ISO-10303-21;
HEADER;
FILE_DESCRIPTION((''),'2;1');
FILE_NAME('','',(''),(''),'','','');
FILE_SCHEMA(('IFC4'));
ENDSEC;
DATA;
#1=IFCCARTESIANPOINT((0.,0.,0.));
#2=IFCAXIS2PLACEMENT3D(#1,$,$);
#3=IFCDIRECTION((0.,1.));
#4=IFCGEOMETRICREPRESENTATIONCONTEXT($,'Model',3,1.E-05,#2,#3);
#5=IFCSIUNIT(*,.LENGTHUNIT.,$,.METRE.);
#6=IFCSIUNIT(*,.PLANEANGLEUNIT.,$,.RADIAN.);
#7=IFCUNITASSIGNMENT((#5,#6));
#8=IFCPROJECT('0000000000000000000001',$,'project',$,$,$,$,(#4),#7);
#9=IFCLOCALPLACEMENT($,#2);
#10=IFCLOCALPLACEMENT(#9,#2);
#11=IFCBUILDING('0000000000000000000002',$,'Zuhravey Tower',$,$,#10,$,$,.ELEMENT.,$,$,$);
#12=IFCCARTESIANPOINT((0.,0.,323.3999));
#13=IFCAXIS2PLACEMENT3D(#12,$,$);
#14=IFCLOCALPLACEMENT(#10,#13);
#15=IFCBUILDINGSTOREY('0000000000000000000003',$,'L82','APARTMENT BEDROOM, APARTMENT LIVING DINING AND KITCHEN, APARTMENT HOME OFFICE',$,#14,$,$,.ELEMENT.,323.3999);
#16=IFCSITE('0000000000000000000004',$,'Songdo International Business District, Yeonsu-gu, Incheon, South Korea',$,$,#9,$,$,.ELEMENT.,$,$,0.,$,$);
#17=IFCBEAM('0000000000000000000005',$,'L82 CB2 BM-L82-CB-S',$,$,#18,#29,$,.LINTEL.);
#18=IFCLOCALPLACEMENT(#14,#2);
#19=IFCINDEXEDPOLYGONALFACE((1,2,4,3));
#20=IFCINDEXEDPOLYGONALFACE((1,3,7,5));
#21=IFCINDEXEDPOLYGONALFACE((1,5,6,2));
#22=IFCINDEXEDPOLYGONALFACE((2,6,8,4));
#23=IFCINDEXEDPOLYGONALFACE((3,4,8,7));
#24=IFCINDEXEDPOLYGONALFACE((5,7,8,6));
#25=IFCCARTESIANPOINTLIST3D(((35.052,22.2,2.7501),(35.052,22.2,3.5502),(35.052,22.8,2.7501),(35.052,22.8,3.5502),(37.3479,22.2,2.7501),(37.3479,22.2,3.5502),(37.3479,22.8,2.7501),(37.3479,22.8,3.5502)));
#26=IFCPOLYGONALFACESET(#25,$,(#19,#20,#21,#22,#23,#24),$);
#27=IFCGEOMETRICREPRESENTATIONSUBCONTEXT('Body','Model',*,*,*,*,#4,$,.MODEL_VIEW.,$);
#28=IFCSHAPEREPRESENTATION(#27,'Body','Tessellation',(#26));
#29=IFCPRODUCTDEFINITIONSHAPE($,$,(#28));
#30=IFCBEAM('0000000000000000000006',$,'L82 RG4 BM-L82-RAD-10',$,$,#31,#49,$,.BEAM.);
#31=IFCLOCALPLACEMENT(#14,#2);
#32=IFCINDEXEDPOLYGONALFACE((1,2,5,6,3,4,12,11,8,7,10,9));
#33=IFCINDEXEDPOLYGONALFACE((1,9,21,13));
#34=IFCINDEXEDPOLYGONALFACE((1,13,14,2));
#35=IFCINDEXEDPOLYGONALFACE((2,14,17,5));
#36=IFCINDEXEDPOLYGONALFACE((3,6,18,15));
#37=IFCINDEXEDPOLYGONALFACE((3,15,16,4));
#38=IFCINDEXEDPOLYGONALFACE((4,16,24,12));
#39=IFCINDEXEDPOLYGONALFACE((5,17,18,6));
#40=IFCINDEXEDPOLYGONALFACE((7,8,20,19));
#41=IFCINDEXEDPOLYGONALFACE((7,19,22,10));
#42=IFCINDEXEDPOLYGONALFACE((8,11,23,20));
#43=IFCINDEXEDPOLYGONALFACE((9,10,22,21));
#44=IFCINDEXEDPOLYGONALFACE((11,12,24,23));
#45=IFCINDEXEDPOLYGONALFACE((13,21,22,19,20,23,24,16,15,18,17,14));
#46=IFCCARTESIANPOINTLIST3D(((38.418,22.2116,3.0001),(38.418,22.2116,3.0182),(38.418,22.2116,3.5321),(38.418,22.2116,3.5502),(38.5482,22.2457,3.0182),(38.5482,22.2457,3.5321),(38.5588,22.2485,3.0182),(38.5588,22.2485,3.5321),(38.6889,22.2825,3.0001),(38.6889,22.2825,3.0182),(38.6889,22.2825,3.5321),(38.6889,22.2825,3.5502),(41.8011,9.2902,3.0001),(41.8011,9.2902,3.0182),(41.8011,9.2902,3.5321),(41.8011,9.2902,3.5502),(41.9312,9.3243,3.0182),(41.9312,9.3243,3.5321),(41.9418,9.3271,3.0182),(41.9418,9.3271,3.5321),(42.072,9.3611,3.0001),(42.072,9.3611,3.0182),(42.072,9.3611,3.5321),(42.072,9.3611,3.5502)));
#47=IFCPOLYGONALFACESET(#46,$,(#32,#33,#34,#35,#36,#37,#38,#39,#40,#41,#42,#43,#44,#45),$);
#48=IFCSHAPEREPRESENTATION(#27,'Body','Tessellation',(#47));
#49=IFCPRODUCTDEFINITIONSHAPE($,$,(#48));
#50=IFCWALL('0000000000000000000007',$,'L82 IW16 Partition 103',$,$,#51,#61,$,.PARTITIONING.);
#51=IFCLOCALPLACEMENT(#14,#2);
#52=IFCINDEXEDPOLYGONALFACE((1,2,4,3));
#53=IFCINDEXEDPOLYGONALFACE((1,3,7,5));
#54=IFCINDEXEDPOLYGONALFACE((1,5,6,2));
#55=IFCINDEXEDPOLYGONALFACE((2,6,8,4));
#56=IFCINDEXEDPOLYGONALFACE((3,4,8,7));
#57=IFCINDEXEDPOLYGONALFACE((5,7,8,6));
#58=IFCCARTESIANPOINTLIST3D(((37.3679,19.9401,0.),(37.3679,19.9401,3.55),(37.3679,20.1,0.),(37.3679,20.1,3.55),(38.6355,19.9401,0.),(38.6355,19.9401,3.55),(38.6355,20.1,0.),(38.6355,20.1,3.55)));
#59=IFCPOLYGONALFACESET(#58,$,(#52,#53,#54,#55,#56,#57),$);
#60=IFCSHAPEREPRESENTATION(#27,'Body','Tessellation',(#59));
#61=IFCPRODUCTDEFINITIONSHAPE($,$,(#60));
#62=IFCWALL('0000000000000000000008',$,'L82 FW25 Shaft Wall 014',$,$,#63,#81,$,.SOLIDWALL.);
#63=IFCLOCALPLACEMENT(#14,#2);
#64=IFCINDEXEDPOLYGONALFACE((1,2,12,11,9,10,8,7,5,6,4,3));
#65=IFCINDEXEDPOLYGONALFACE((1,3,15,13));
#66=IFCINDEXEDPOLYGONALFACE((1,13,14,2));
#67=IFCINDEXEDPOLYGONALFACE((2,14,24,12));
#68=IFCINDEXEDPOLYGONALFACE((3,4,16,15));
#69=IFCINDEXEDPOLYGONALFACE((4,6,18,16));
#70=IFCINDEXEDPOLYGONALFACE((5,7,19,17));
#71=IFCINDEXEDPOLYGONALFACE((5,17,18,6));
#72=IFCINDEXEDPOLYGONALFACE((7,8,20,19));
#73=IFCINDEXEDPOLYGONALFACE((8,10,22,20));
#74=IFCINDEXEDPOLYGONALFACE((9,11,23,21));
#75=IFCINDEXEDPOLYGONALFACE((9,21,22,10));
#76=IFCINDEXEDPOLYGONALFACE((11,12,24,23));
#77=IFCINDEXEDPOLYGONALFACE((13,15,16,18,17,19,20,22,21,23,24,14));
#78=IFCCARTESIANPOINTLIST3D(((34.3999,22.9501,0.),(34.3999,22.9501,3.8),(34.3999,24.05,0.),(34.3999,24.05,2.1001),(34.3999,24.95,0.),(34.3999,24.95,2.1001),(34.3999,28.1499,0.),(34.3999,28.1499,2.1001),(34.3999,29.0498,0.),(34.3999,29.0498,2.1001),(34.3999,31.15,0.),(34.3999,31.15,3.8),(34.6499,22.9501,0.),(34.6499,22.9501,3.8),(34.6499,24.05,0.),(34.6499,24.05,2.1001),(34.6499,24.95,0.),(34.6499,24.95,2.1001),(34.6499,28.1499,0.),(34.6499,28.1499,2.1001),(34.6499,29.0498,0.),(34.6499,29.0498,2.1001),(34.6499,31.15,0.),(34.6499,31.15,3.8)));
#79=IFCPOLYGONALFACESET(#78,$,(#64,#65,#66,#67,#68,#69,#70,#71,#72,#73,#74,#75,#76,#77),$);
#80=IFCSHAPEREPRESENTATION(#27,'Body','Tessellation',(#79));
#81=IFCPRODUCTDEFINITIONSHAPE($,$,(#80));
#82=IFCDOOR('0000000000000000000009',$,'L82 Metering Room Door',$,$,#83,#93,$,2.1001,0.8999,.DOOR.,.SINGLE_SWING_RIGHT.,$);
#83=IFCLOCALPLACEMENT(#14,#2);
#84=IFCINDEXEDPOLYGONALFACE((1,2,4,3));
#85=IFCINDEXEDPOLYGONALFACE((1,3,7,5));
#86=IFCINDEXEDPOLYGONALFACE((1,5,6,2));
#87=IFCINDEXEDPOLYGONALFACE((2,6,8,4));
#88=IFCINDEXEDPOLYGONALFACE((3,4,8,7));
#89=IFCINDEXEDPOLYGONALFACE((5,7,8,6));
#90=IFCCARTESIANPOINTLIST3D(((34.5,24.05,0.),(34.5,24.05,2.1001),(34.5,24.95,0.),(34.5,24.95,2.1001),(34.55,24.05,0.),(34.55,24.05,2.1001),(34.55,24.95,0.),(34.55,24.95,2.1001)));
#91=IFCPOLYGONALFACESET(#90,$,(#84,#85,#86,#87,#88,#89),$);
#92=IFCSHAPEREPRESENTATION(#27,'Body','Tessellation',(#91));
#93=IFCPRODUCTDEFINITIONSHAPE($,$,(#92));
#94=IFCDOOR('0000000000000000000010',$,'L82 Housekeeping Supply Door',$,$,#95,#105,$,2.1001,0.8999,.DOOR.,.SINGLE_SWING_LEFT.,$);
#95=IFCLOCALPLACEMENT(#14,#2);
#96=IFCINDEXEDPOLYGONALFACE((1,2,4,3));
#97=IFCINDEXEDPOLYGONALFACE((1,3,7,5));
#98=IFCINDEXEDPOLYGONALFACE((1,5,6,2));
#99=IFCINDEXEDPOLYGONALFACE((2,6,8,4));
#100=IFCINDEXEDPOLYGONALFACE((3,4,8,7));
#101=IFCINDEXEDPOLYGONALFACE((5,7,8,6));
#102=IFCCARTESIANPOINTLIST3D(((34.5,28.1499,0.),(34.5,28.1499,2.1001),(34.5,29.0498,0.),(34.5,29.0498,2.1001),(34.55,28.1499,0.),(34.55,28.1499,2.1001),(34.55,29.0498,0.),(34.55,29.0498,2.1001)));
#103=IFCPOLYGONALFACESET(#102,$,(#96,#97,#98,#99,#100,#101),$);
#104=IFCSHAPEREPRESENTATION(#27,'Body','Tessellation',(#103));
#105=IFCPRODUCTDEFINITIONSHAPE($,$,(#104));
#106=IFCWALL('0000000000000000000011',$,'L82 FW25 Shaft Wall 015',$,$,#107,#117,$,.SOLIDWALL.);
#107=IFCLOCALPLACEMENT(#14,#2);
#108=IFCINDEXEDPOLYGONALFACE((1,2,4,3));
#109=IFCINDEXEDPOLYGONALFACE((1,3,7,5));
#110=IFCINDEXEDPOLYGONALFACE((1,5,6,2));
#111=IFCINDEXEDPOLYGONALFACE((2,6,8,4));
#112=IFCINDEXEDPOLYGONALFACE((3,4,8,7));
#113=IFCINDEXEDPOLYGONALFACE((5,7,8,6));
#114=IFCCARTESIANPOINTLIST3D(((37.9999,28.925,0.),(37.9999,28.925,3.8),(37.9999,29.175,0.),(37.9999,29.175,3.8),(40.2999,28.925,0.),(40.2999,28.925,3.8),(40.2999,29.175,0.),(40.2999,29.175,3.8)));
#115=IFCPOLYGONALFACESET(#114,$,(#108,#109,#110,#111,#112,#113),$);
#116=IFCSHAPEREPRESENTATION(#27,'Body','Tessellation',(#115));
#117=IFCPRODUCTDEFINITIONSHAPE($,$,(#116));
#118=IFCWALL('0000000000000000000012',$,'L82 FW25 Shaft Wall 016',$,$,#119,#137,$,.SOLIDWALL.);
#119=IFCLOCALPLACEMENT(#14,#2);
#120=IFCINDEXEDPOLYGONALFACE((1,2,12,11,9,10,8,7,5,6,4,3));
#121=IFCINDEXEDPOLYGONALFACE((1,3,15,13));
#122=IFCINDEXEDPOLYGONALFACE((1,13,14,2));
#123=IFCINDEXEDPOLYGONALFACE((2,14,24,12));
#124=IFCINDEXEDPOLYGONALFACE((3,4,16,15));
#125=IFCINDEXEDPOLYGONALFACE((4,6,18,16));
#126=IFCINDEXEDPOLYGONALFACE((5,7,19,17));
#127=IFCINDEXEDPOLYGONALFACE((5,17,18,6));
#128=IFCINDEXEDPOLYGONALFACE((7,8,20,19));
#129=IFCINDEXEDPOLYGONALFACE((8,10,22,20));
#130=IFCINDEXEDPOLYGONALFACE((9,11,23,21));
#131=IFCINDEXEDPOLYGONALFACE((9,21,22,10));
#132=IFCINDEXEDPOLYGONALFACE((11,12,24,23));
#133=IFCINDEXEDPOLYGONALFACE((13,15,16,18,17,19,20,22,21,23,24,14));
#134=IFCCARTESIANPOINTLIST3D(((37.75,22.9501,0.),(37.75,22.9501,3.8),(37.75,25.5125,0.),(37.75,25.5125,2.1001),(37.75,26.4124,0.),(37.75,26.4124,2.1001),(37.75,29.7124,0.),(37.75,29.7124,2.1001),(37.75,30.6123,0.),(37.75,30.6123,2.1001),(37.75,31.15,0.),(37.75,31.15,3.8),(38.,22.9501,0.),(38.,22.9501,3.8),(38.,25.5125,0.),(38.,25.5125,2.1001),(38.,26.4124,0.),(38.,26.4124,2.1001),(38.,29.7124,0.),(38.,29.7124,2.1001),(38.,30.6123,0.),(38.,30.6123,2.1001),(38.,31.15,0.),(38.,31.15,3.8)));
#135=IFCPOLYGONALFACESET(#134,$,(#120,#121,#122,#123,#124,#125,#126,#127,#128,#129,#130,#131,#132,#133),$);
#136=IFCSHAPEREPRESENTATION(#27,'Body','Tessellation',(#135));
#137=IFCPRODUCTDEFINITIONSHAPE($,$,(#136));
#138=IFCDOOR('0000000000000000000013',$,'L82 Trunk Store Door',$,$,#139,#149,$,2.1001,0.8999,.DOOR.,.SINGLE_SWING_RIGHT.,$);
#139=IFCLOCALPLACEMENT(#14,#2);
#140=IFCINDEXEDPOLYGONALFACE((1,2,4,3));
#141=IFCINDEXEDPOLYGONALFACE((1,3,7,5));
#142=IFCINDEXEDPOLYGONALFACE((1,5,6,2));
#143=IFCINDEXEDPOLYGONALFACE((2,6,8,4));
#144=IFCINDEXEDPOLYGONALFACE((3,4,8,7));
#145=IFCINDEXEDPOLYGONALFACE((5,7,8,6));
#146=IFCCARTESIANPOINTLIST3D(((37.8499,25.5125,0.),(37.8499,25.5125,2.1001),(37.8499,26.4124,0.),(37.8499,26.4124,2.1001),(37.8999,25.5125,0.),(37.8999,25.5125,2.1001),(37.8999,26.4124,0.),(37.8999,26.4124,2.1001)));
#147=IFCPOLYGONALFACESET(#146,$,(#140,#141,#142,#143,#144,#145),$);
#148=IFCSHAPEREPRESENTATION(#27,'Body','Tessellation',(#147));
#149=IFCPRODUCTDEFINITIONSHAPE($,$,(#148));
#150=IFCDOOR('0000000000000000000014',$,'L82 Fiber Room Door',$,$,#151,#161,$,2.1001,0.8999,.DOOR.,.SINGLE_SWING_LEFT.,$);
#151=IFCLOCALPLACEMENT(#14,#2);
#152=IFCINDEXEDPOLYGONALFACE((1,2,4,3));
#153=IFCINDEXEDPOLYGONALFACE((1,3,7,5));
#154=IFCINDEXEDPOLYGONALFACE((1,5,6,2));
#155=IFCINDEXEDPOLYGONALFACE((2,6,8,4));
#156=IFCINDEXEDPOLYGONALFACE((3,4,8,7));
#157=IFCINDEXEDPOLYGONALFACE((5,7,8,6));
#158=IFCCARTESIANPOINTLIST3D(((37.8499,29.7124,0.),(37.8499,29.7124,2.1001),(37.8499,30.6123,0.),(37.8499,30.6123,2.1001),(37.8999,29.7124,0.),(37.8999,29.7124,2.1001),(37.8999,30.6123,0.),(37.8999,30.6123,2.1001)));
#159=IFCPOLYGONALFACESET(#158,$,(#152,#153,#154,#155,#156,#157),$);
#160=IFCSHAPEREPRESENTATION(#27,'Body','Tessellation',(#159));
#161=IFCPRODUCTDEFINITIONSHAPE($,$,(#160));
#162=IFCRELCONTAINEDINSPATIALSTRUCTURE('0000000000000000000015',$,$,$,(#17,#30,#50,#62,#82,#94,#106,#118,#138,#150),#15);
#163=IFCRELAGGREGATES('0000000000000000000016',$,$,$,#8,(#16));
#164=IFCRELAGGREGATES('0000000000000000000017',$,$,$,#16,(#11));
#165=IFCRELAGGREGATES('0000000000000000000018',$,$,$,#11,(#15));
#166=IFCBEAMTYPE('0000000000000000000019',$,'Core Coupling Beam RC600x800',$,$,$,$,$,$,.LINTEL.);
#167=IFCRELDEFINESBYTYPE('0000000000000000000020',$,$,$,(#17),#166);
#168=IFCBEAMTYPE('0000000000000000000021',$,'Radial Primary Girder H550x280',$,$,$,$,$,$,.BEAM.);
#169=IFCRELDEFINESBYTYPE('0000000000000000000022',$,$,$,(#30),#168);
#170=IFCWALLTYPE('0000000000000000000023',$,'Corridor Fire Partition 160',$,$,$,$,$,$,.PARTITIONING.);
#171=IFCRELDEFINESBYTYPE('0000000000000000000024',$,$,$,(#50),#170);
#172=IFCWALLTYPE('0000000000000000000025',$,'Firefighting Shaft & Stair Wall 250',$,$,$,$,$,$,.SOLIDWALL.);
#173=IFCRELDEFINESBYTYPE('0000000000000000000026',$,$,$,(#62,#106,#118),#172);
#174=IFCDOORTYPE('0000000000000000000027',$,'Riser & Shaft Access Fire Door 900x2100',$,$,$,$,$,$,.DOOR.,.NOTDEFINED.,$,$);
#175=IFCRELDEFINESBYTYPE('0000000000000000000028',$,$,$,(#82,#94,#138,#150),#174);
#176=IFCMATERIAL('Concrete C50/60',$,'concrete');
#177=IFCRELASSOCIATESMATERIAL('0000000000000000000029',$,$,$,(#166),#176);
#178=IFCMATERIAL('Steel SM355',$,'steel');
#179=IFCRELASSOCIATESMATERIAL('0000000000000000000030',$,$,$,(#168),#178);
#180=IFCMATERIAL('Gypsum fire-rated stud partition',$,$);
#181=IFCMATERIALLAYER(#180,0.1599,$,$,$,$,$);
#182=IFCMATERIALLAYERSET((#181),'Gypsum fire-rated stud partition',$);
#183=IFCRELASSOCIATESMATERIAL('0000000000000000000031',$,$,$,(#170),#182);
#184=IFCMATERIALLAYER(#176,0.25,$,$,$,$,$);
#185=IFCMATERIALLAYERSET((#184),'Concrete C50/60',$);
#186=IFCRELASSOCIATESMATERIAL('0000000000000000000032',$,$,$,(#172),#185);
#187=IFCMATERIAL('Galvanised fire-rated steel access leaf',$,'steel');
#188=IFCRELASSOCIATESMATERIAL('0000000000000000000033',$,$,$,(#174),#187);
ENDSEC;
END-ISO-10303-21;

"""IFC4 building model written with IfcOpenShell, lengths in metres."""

from ifc_helpers import new_model, si_unit, direction, frame, frame_2d, origin, origin_2d, place, context, subcontext, project, spatial, rectangle, i_section, extrude, material, layer, layer_set, material_profile, profile_set, type_object, element, fill, save


model = new_model("IFC4")

# Units and contexts
model_context = context("Model", 3, precision=1e-05, world=origin(), true_north=direction((0.0, 1.0)))
body_context = subcontext(model_context, "Body", "Model", "MODEL_VIEW")
ifc_project = project(units=[si_unit("LENGTHUNIT", "METRE"), si_unit("PLANEANGLEUNIT", "RADIAN")], contexts=[model_context])

# Site, building, storey
site_placement = place(None, origin())
site = spatial("IfcSite", under=ifc_project, at=site_placement, Name="Songdo International Business District, Yeonsu-gu, Incheon, South Korea", CompositionType="ELEMENT", RefElevation=0.0)
building_placement = place(site_placement, origin())
building = spatial("IfcBuilding", under=site, at=building_placement, Name="Zuhravey Tower", CompositionType="ELEMENT")
storey_placement = place(building_placement, frame((0.0, 0.0, 323.3999)))
storey = spatial("IfcBuildingStorey", under=building, at=storey_placement, Name="L82", Description="APARTMENT BEDROOM, APARTMENT LIVING DINING AND KITCHEN, APARTMENT HOME OFFICE", CompositionType="ELEMENT", Elevation=323.3999)

# Beams
ifc_material_1 = material(Name="Concrete C50/60", Category="concrete")
ifc_material_profile_1 = material_profile(ifc_material_1, rectangle(XDim=0.6001, YDim=0.8, at=origin_2d()), Name="RC-600x800")
ifc_profile_set_1 = profile_set([ifc_material_profile_1], Name="Concrete C50/60")
beam_type_1 = type_object("IfcBeamType", Name="Core Coupling Beam RC600x800", PredefinedType="LINTEL", material=ifc_profile_set_1)
beam_1_placement = place(storey_placement, frame((35.052, 22.5, 3.1501), z_axis=(1.0, 0.0, 0.0), x_axis=(0.0, 1.0, 0.0)))
element("IfcBeam", 1, at=beam_1_placement, inside=storey, type_object=beam_type_1, Name="L82 CB2 BM-L82-CB-S", PredefinedType="LINTEL", context=body_context, shape_type="SweptSolid", body=[
    extrude(rectangle(XDim=0.6001, YDim=0.8, at=origin_2d()), origin(), (0.0, 0.0, 1.0), 2.2959),
])
ifc_material_2 = material(Name="Steel SM355", Category="steel")
ifc_material_profile_2 = material_profile(ifc_material_2, i_section(OverallWidth=0.28, OverallDepth=0.55, WebThickness=0.011, FlangeThickness=0.0181, at=origin_2d()), Name="H-550x280x11x18")
ifc_profile_set_2 = profile_set([ifc_material_profile_2], Name="Steel SM355")
beam_type_2 = type_object("IfcBeamType", Name="Radial Primary Girder H550x280", PredefinedType="BEAM", material=ifc_profile_set_2)
beam_2_placement = place(storey_placement, frame((38.5535, 22.2471, 3.2751), z_axis=(0.253281, -0.967393, 0.0), x_axis=(0.967393, 0.253281, 0.0)))
element("IfcBeam", 2, at=beam_2_placement, inside=storey, type_object=beam_type_2, Name="L82 RG4 BM-L82-RAD-10", PredefinedType="BEAM", context=body_context, shape_type="SweptSolid", body=[
    extrude(i_section(OverallWidth=0.28, OverallDepth=0.55, WebThickness=0.011, FlangeThickness=0.0181, at=origin_2d()), origin(), (0.0, 0.0, 1.0), 13.3569),
])

# Shared definitions
ifc_material_3 = material(Name="Gypsum fire-rated stud partition")
ifc_layer_1 = layer(ifc_material_3, 0.1599)
ifc_layer_set_1 = layer_set([ifc_layer_1], Name="Gypsum fire-rated stud partition")
wall_type_1 = type_object("IfcWallType", Name="Corridor Fire Partition 160", PredefinedType="PARTITIONING", material=ifc_layer_set_1)

# Wall
wall_1_placement = place(storey_placement, frame((37.3679, 20.02, 0.0), z_axis=(0.0, 0.0, 1.0), x_axis=(1.0, 0.0, 0.0)))
element("IfcWall", 3, at=wall_1_placement, inside=storey, type_object=wall_type_1, Name="L82 IW16 Partition 103", PredefinedType="PARTITIONING", context=body_context, shape_type="SweptSolid", body=[
    extrude(rectangle(XDim=1.2676, YDim=0.1599, at=frame_2d((0.6338, 0.0))), origin(), (0.0, 0.0, 1.0), 3.55),
])

# Shared definitions
ifc_layer_2 = layer(ifc_material_1, 0.25)
ifc_layer_set_2 = layer_set([ifc_layer_2], Name="Concrete C50/60")
wall_type_2 = type_object("IfcWallType", Name="Firefighting Shaft & Stair Wall 250", PredefinedType="SOLIDWALL", material=ifc_layer_set_2)

# Wall, openings, doors
wall_2_placement = place(storey_placement, frame((34.5249, 22.95, 0.0), z_axis=(0.0, 0.0, 1.0), x_axis=(0.0, 1.0, 0.0)))
wall_2 = element("IfcWall", 4, at=wall_2_placement, inside=storey, type_object=wall_type_2, Name="L82 FW25 Shaft Wall 014", PredefinedType="SOLIDWALL", context=body_context, shape_type="SweptSolid", body=[
    extrude(rectangle(XDim=8.2, YDim=0.25, at=frame_2d((4.1001, 0.0))), origin(), (0.0, 0.0, 1.0), 3.8),
])
opening_1_placement = place(wall_2_placement, frame((1.1001, 0.0, 0.0)))
opening_1 = element("IfcOpeningElement", 5, at=opening_1_placement, cuts=wall_2, PredefinedType="OPENING", context=body_context, shape_type="SweptSolid", body=[
    extrude(rectangle(XDim=0.8999, YDim=2.1001, at=frame_2d((0.45, 1.05))), frame((0.0, 0.137, 0.0), z_axis=(0.0, -1.0, 0.0), x_axis=(1.0, 0.0, 0.0)), (0.0, 0.0, 1.0), 0.2739),
])
opening_2_placement = place(wall_2_placement, frame((5.2, 0.0, 0.0)))
opening_2 = element("IfcOpeningElement", 6, at=opening_2_placement, cuts=wall_2, PredefinedType="OPENING", context=body_context, shape_type="SweptSolid", body=[
    extrude(rectangle(XDim=0.8999, YDim=2.1001, at=frame_2d((0.45, 1.05))), frame((0.0, 0.137, 0.0), z_axis=(0.0, -1.0, 0.0), x_axis=(1.0, 0.0, 0.0)), (0.0, 0.0, 1.0), 0.2739),
])
ifc_material_4 = material(Name="Galvanised fire-rated steel access leaf", Category="steel")
door_type_1 = type_object("IfcDoorType", Name="Riser & Shaft Access Fire Door 900x2100", OperationType="NOTDEFINED", PredefinedType="DOOR", material=ifc_material_4)
door_1_placement = place(opening_1_placement, origin())
door_1 = element("IfcDoor", 7, at=door_1_placement, inside=storey, type_object=door_type_1, Name="L82 Metering Room Door", OperationType="SINGLE_SWING_RIGHT", OverallHeight=2.1001, OverallWidth=0.8999, PredefinedType="DOOR", context=body_context, shape_type="SweptSolid", body=[
    extrude(rectangle(XDim=0.8999, YDim=2.1001, at=frame_2d((0.45, 1.05))), frame((0.0, 0.0249, 0.0), z_axis=(0.0, -1.0, 0.0), x_axis=(1.0, 0.0, 0.0)), (0.0, 0.0, 1.0), 0.05),
])
fill(opening_1, door_1)
door_2_placement = place(opening_2_placement, origin())
door_2 = element("IfcDoor", 8, at=door_2_placement, inside=storey, type_object=door_type_1, Name="L82 Housekeeping Supply Door", OperationType="SINGLE_SWING_LEFT", OverallHeight=2.1001, OverallWidth=0.8999, PredefinedType="DOOR", context=body_context, shape_type="SweptSolid", body=[
    extrude(rectangle(XDim=0.8999, YDim=2.1001, at=frame_2d((0.45, 1.05))), frame((0.0, 0.0249, 0.0), z_axis=(0.0, -1.0, 0.0), x_axis=(1.0, 0.0, 0.0)), (0.0, 0.0, 1.0), 0.05),
])
fill(opening_2, door_2)

# Wall
wall_3_placement = place(storey_placement, frame((38.0, 29.05, 0.0), z_axis=(0.0, 0.0, 1.0), x_axis=(1.0, 0.0, 0.0)))
element("IfcWall", 9, at=wall_3_placement, inside=storey, type_object=wall_type_2, Name="L82 FW25 Shaft Wall 015", PredefinedType="SOLIDWALL", context=body_context, shape_type="SweptSolid", body=[
    extrude(rectangle(XDim=2.3, YDim=0.25, at=frame_2d((1.1499, 0.0))), origin(), (0.0, 0.0, 1.0), 3.8),
])

# Wall, openings, doors
wall_4_placement = place(storey_placement, frame((37.875, 22.95, 0.0), z_axis=(0.0, 0.0, 1.0), x_axis=(0.0, 1.0, 0.0)))
wall_4 = element("IfcWall", 10, at=wall_4_placement, inside=storey, type_object=wall_type_2, Name="L82 FW25 Shaft Wall 016", PredefinedType="SOLIDWALL", context=body_context, shape_type="SweptSolid", body=[
    extrude(rectangle(XDim=8.2, YDim=0.25, at=frame_2d((4.1001, 0.0))), origin(), (0.0, 0.0, 1.0), 3.8),
])
opening_3_placement = place(wall_4_placement, frame((2.5625, 0.0, 0.0)))
opening_3 = element("IfcOpeningElement", 11, at=opening_3_placement, cuts=wall_4, PredefinedType="OPENING", context=body_context, shape_type="SweptSolid", body=[
    extrude(rectangle(XDim=0.8999, YDim=2.1001, at=frame_2d((0.45, 1.05))), frame((0.0, 0.137, 0.0), z_axis=(0.0, -1.0, 0.0), x_axis=(1.0, 0.0, 0.0)), (0.0, 0.0, 1.0), 0.2739),
])
opening_4_placement = place(wall_4_placement, frame((6.7625, 0.0, 0.0)))
opening_4 = element("IfcOpeningElement", 12, at=opening_4_placement, cuts=wall_4, PredefinedType="OPENING", context=body_context, shape_type="SweptSolid", body=[
    extrude(rectangle(XDim=0.8999, YDim=2.1001, at=frame_2d((0.45, 1.05))), frame((0.0, 0.137, 0.0), z_axis=(0.0, -1.0, 0.0), x_axis=(1.0, 0.0, 0.0)), (0.0, 0.0, 1.0), 0.2739),
])
door_3_placement = place(opening_3_placement, frame((0.8999, 0.0, 0.0), z_axis=(0.0, 0.0, 1.0), x_axis=(-1.0, 0.0, 0.0)))
door_3 = element("IfcDoor", 13, at=door_3_placement, inside=storey, type_object=door_type_1, Name="L82 Trunk Store Door", OperationType="SINGLE_SWING_RIGHT", OverallHeight=2.1001, OverallWidth=0.8999, PredefinedType="DOOR", context=body_context, shape_type="SweptSolid", body=[
    extrude(rectangle(XDim=0.8999, YDim=2.1001, at=frame_2d((0.45, 1.05))), frame((0.0, 0.0249, 0.0), z_axis=(0.0, -1.0, 0.0), x_axis=(1.0, 0.0, 0.0)), (0.0, 0.0, 1.0), 0.05),
])
fill(opening_3, door_3)
door_4_placement = place(opening_4_placement, frame((0.8999, 0.0, 0.0), z_axis=(0.0, 0.0, 1.0), x_axis=(-1.0, 0.0, 0.0)))
door_4 = element("IfcDoor", 14, at=door_4_placement, inside=storey, type_object=door_type_1, Name="L82 Fiber Room Door", OperationType="SINGLE_SWING_LEFT", OverallHeight=2.1001, OverallWidth=0.8999, PredefinedType="DOOR", context=body_context, shape_type="SweptSolid", body=[
    extrude(rectangle(XDim=0.8999, YDim=2.1001, at=frame_2d((0.45, 1.05))), frame((0.0, 0.0249, 0.0), z_axis=(0.0, -1.0, 0.0), x_axis=(1.0, 0.0, 0.0)), (0.0, 0.0, 1.0), 0.05),
])
fill(opening_4, door_4)

save(model, "model.ifc")
